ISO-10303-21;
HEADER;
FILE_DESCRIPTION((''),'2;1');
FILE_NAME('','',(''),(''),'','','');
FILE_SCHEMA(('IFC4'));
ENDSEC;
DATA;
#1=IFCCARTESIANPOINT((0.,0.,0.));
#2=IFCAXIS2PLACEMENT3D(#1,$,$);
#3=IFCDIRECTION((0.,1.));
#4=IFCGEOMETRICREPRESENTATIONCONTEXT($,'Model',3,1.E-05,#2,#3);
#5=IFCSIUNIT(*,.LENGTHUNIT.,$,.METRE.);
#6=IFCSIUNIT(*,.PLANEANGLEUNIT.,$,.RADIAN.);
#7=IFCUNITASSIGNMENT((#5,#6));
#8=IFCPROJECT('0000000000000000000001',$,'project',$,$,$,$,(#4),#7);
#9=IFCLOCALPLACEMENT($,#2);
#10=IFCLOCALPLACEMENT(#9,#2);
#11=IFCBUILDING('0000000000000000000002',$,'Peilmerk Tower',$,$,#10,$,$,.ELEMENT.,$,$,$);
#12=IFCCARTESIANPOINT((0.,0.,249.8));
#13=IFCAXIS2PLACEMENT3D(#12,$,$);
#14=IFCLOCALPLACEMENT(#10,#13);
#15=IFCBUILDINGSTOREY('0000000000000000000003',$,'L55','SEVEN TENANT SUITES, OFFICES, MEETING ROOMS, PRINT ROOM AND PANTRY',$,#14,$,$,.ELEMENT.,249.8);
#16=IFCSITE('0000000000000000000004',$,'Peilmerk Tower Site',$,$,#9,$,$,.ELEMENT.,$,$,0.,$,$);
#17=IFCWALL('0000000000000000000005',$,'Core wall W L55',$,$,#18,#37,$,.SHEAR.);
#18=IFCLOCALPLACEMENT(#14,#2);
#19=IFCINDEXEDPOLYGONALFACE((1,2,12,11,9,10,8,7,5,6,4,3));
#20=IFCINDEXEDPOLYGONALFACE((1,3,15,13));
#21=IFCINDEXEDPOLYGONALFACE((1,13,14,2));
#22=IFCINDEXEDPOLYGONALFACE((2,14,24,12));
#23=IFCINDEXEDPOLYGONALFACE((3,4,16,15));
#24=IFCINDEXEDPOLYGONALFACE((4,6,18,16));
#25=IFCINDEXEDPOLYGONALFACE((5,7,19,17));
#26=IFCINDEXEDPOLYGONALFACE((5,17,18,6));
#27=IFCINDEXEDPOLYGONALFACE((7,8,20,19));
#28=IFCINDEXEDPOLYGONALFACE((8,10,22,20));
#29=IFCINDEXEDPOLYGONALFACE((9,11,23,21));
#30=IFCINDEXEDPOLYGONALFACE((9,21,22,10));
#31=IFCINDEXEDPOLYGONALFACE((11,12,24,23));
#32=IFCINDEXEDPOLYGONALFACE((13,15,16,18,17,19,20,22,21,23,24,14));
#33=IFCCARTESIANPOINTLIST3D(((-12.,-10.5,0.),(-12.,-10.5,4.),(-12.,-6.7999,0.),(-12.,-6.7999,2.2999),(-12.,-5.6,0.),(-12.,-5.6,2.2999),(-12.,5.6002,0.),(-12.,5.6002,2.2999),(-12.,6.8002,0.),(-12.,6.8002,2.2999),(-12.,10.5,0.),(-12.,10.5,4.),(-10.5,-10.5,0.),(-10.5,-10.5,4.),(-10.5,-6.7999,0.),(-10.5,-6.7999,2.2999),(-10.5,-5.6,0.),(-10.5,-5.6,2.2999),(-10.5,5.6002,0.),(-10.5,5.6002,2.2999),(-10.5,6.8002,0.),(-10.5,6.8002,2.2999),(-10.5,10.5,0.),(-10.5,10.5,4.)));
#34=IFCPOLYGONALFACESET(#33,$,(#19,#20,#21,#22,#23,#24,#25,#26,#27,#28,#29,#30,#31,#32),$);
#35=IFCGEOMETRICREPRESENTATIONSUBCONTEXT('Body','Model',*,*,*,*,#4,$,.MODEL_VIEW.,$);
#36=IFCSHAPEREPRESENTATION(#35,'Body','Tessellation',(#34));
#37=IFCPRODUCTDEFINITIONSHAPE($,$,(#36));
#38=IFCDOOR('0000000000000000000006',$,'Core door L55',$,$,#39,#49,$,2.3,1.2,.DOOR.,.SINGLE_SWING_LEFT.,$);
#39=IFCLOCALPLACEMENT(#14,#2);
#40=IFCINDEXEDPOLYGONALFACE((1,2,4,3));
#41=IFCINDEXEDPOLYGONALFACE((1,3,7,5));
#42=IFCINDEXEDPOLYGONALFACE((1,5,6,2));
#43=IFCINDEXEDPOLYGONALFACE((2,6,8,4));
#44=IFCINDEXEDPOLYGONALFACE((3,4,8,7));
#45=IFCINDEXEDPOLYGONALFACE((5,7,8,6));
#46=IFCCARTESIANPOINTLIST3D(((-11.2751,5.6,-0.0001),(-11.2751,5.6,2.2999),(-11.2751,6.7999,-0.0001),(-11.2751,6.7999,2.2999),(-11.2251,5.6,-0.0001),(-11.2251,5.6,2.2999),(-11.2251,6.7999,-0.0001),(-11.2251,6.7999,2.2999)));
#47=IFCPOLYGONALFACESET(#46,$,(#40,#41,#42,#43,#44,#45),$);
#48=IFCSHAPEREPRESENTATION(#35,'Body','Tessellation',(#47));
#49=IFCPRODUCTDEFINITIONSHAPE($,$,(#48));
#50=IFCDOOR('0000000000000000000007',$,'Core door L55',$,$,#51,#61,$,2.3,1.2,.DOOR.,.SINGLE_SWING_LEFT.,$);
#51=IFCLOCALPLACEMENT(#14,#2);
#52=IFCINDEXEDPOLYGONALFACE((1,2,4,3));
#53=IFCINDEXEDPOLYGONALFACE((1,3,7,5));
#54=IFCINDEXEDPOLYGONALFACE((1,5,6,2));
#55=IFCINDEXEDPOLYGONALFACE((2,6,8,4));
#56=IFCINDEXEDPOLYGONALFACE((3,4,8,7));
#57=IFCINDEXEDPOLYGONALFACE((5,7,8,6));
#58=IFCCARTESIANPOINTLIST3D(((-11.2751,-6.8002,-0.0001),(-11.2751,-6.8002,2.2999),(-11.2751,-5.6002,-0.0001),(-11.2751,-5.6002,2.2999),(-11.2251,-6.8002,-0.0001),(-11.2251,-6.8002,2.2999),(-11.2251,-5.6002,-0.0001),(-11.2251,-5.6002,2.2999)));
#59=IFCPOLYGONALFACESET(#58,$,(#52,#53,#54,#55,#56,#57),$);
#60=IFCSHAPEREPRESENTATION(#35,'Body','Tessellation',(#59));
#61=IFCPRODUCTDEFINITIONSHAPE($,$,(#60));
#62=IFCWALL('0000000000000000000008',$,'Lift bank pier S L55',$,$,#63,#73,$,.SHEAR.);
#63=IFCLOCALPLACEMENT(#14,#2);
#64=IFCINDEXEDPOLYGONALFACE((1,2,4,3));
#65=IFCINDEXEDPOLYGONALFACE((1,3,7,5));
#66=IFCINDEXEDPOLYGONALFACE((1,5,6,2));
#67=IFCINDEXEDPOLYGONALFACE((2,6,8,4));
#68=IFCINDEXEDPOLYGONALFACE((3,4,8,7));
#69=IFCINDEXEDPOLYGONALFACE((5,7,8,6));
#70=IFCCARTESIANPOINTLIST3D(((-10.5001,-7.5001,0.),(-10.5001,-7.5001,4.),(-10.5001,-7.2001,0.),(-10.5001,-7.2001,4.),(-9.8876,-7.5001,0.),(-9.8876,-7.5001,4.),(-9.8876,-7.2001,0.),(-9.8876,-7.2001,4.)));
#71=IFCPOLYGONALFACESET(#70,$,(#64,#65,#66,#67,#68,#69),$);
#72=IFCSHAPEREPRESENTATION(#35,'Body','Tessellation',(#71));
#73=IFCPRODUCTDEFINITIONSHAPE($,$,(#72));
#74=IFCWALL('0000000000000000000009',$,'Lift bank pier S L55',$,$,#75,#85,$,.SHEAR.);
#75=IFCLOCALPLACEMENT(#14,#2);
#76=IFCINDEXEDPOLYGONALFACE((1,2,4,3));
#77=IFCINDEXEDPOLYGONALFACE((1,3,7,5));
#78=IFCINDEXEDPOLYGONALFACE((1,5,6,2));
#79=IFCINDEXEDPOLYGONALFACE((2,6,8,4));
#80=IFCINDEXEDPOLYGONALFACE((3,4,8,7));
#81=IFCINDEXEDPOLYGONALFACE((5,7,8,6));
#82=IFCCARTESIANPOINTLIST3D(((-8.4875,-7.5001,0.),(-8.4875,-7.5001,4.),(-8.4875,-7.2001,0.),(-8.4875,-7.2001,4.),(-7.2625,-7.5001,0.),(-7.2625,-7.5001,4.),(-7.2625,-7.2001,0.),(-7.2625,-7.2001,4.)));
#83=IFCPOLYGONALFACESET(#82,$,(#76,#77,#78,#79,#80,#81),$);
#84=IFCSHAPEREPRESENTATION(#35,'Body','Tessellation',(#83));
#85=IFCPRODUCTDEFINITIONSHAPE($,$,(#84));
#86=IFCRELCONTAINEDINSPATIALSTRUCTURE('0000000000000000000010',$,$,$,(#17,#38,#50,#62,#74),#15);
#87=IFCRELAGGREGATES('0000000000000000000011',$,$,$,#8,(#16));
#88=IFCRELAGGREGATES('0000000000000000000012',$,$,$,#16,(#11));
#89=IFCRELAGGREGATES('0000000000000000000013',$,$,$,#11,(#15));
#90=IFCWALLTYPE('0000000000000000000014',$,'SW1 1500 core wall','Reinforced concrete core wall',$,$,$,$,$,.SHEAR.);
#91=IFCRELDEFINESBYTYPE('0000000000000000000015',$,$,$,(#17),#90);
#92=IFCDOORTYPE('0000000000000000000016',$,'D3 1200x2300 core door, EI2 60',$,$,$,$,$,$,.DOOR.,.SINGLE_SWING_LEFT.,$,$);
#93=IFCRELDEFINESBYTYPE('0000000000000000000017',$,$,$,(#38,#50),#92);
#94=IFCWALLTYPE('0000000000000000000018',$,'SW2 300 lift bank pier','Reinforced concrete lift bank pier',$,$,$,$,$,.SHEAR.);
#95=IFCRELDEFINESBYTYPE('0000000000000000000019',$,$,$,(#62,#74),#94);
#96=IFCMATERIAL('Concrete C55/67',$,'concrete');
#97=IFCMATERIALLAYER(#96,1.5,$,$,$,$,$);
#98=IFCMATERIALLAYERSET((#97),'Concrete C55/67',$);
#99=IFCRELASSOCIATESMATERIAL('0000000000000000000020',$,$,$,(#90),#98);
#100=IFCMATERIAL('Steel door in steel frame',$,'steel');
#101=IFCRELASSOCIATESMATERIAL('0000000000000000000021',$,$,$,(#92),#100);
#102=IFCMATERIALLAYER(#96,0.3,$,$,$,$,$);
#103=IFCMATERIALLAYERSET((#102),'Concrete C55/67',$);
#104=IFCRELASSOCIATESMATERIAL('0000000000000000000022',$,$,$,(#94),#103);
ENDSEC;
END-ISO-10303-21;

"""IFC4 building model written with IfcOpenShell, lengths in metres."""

from ifc_helpers import new_model, si_unit, direction, frame, frame_2d, origin, place, context, subcontext, project, spatial, rectangle, extrude, material, layer, layer_set, type_object, element, fill, save


model = new_model("IFC4")

# Units and contexts
model_context = context("Model", 3, precision=1e-05, world=origin(), true_north=direction((0.0, 1.0)))
body_context = subcontext(model_context, "Body", "Model", "MODEL_VIEW")
ifc_project = project(units=[si_unit("LENGTHUNIT", "METRE"), si_unit("PLANEANGLEUNIT", "RADIAN")], contexts=[model_context])

# Site, building, storey
site_placement = place(None, origin())
site = spatial("IfcSite", under=ifc_project, at=site_placement, Name="Peilmerk Tower Site", CompositionType="ELEMENT", RefElevation=0.0)
building_placement = place(site_placement, origin())
building = spatial("IfcBuilding", under=site, at=building_placement, Name="Peilmerk Tower", CompositionType="ELEMENT")
storey_placement = place(building_placement, frame((0.0, 0.0, 249.8)))
storey = spatial("IfcBuildingStorey", under=building, at=storey_placement, Name="L55", Description="SEVEN TENANT SUITES, OFFICES, MEETING ROOMS, PRINT ROOM AND PANTRY", CompositionType="ELEMENT", Elevation=249.8)

# Wall, openings, doors
ifc_material_1 = material(Name="Concrete C55/67", Category="concrete")
ifc_layer_1 = layer(ifc_material_1, 1.5)
ifc_layer_set_1 = layer_set([ifc_layer_1], Name="Concrete C55/67")
wall_type_1 = type_object("IfcWallType", Name="SW1 1500 core wall", Description="Reinforced concrete core wall", PredefinedType="SHEAR", material=ifc_layer_set_1)
wall_1_placement = place(storey_placement, frame((-11.25, -10.5, 0.0), z_axis=(0.0, 0.0, 1.0), x_axis=(0.0, 1.0, 0.0)))
wall_1 = element("IfcWall", 1, at=wall_1_placement, inside=storey, type_object=wall_type_1, Name="Core wall W L55", PredefinedType="SHEAR", context=body_context, shape_type="SweptSolid", body=[
    extrude(rectangle(XDim=21.0, YDim=1.5, at=frame_2d((10.5, 0.0))), origin(), (0.0, 0.0, 1.0), 4.0),
])
opening_1_placement = place(wall_1_placement, frame((16.1001, 0.0, 0.0)))
opening_1 = element("IfcOpeningElement", 2, at=opening_1_placement, cuts=wall_1, PredefinedType="OPENING", context=body_context, shape_type="SweptSolid", body=[
    extrude(rectangle(XDim=1.2, YDim=2.3, at=frame_2d((0.6001, 1.1499))), frame((0.0, 0.76, 0.0), z_axis=(0.0, -1.0, 0.0), x_axis=(1.0, 0.0, 0.0)), (0.0, 0.0, 1.0), 1.52),
])
opening_2_placement = place(wall_1_placement, frame((3.7, 0.0, 0.0)))
opening_2 = element("IfcOpeningElement", 3, at=opening_2_placement, cuts=wall_1, PredefinedType="OPENING", context=body_context, shape_type="SweptSolid", body=[
    extrude(rectangle(XDim=1.2, YDim=2.3, at=frame_2d((0.6001, 1.1499))), frame((0.0, 0.76, 0.0), z_axis=(0.0, -1.0, 0.0), x_axis=(1.0, 0.0, 0.0)), (0.0, 0.0, 1.0), 1.52),
])
ifc_material_2 = material(Name="Steel door in steel frame", Category="steel")
door_type_1 = type_object("IfcDoorType", Name="D3 1200x2300 core door, EI2 60", OperationType="SINGLE_SWING_LEFT", PredefinedType="DOOR", material=ifc_material_2)
door_1_placement = place(opening_1_placement, frame((1.2, 0.0, 0.0), z_axis=(0.0, 0.0, 1.0), x_axis=(-1.0, 0.0, 0.0)))
door_1 = element("IfcDoor", 4, at=door_1_placement, inside=storey, type_object=door_type_1, Name="Core door L55", OperationType="SINGLE_SWING_LEFT", OverallHeight=2.3, OverallWidth=1.2, PredefinedType="DOOR", context=body_context, shape_type="SweptSolid", body=[
    extrude(rectangle(XDim=1.2, YDim=2.3, at=frame_2d((0.6001, 1.1499))), frame((0.0, 0.0249, 0.0), z_axis=(0.0, -1.0, 0.0), x_axis=(1.0, 0.0, 0.0)), (0.0, 0.0, 1.0), 0.05),
])
fill(opening_1, door_1)
door_2_placement = place(opening_2_placement, frame((1.2, 0.0, 0.0), z_axis=(0.0, 0.0, 1.0), x_axis=(-1.0, 0.0, 0.0)))
door_2 = element("IfcDoor", 5, at=door_2_placement, inside=storey, type_object=door_type_1, Name="Core door L55", OperationType="SINGLE_SWING_LEFT", OverallHeight=2.3, OverallWidth=1.2, PredefinedType="DOOR", context=body_context, shape_type="SweptSolid", body=[
    extrude(rectangle(XDim=1.2, YDim=2.3, at=frame_2d((0.6001, 1.1499))), frame((0.0, 0.0249, 0.0), z_axis=(0.0, -1.0, 0.0), x_axis=(1.0, 0.0, 0.0)), (0.0, 0.0, 1.0), 0.05),
])
fill(opening_2, door_2)

# Walls
ifc_layer_2 = layer(ifc_material_1, 0.3)
ifc_layer_set_2 = layer_set([ifc_layer_2], Name="Concrete C55/67")
wall_type_2 = type_object("IfcWallType", Name="SW2 300 lift bank pier", Description="Reinforced concrete lift bank pier", PredefinedType="SHEAR", material=ifc_layer_set_2)
wall_2_placement = place(storey_placement, frame((-10.5, -7.3501, 0.0), z_axis=(0.0, 0.0, 1.0), x_axis=(1.0, 0.0, 0.0)))
element("IfcWall", 6, at=wall_2_placement, inside=storey, type_object=wall_type_2, Name="Lift bank pier S L55", PredefinedType="SHEAR", context=body_context, shape_type="SweptSolid", body=[
    extrude(rectangle(XDim=0.6125, YDim=0.3, at=frame_2d((0.3062, 0.0))), origin(), (0.0, 0.0, 1.0), 4.0),
])
wall_3_placement = place(storey_placement, frame((-8.4875, -7.3501, 0.0), z_axis=(0.0, 0.0, 1.0), x_axis=(1.0, 0.0, 0.0)))
element("IfcWall", 7, at=wall_3_placement, inside=storey, type_object=wall_type_2, Name="Lift bank pier S L55", PredefinedType="SHEAR", context=body_context, shape_type="SweptSolid", body=[
    extrude(rectangle(XDim=1.2251, YDim=0.3, at=frame_2d((0.6125, 0.0))), origin(), (0.0, 0.0, 1.0), 4.0),
])

save(model, "model.ifc")
